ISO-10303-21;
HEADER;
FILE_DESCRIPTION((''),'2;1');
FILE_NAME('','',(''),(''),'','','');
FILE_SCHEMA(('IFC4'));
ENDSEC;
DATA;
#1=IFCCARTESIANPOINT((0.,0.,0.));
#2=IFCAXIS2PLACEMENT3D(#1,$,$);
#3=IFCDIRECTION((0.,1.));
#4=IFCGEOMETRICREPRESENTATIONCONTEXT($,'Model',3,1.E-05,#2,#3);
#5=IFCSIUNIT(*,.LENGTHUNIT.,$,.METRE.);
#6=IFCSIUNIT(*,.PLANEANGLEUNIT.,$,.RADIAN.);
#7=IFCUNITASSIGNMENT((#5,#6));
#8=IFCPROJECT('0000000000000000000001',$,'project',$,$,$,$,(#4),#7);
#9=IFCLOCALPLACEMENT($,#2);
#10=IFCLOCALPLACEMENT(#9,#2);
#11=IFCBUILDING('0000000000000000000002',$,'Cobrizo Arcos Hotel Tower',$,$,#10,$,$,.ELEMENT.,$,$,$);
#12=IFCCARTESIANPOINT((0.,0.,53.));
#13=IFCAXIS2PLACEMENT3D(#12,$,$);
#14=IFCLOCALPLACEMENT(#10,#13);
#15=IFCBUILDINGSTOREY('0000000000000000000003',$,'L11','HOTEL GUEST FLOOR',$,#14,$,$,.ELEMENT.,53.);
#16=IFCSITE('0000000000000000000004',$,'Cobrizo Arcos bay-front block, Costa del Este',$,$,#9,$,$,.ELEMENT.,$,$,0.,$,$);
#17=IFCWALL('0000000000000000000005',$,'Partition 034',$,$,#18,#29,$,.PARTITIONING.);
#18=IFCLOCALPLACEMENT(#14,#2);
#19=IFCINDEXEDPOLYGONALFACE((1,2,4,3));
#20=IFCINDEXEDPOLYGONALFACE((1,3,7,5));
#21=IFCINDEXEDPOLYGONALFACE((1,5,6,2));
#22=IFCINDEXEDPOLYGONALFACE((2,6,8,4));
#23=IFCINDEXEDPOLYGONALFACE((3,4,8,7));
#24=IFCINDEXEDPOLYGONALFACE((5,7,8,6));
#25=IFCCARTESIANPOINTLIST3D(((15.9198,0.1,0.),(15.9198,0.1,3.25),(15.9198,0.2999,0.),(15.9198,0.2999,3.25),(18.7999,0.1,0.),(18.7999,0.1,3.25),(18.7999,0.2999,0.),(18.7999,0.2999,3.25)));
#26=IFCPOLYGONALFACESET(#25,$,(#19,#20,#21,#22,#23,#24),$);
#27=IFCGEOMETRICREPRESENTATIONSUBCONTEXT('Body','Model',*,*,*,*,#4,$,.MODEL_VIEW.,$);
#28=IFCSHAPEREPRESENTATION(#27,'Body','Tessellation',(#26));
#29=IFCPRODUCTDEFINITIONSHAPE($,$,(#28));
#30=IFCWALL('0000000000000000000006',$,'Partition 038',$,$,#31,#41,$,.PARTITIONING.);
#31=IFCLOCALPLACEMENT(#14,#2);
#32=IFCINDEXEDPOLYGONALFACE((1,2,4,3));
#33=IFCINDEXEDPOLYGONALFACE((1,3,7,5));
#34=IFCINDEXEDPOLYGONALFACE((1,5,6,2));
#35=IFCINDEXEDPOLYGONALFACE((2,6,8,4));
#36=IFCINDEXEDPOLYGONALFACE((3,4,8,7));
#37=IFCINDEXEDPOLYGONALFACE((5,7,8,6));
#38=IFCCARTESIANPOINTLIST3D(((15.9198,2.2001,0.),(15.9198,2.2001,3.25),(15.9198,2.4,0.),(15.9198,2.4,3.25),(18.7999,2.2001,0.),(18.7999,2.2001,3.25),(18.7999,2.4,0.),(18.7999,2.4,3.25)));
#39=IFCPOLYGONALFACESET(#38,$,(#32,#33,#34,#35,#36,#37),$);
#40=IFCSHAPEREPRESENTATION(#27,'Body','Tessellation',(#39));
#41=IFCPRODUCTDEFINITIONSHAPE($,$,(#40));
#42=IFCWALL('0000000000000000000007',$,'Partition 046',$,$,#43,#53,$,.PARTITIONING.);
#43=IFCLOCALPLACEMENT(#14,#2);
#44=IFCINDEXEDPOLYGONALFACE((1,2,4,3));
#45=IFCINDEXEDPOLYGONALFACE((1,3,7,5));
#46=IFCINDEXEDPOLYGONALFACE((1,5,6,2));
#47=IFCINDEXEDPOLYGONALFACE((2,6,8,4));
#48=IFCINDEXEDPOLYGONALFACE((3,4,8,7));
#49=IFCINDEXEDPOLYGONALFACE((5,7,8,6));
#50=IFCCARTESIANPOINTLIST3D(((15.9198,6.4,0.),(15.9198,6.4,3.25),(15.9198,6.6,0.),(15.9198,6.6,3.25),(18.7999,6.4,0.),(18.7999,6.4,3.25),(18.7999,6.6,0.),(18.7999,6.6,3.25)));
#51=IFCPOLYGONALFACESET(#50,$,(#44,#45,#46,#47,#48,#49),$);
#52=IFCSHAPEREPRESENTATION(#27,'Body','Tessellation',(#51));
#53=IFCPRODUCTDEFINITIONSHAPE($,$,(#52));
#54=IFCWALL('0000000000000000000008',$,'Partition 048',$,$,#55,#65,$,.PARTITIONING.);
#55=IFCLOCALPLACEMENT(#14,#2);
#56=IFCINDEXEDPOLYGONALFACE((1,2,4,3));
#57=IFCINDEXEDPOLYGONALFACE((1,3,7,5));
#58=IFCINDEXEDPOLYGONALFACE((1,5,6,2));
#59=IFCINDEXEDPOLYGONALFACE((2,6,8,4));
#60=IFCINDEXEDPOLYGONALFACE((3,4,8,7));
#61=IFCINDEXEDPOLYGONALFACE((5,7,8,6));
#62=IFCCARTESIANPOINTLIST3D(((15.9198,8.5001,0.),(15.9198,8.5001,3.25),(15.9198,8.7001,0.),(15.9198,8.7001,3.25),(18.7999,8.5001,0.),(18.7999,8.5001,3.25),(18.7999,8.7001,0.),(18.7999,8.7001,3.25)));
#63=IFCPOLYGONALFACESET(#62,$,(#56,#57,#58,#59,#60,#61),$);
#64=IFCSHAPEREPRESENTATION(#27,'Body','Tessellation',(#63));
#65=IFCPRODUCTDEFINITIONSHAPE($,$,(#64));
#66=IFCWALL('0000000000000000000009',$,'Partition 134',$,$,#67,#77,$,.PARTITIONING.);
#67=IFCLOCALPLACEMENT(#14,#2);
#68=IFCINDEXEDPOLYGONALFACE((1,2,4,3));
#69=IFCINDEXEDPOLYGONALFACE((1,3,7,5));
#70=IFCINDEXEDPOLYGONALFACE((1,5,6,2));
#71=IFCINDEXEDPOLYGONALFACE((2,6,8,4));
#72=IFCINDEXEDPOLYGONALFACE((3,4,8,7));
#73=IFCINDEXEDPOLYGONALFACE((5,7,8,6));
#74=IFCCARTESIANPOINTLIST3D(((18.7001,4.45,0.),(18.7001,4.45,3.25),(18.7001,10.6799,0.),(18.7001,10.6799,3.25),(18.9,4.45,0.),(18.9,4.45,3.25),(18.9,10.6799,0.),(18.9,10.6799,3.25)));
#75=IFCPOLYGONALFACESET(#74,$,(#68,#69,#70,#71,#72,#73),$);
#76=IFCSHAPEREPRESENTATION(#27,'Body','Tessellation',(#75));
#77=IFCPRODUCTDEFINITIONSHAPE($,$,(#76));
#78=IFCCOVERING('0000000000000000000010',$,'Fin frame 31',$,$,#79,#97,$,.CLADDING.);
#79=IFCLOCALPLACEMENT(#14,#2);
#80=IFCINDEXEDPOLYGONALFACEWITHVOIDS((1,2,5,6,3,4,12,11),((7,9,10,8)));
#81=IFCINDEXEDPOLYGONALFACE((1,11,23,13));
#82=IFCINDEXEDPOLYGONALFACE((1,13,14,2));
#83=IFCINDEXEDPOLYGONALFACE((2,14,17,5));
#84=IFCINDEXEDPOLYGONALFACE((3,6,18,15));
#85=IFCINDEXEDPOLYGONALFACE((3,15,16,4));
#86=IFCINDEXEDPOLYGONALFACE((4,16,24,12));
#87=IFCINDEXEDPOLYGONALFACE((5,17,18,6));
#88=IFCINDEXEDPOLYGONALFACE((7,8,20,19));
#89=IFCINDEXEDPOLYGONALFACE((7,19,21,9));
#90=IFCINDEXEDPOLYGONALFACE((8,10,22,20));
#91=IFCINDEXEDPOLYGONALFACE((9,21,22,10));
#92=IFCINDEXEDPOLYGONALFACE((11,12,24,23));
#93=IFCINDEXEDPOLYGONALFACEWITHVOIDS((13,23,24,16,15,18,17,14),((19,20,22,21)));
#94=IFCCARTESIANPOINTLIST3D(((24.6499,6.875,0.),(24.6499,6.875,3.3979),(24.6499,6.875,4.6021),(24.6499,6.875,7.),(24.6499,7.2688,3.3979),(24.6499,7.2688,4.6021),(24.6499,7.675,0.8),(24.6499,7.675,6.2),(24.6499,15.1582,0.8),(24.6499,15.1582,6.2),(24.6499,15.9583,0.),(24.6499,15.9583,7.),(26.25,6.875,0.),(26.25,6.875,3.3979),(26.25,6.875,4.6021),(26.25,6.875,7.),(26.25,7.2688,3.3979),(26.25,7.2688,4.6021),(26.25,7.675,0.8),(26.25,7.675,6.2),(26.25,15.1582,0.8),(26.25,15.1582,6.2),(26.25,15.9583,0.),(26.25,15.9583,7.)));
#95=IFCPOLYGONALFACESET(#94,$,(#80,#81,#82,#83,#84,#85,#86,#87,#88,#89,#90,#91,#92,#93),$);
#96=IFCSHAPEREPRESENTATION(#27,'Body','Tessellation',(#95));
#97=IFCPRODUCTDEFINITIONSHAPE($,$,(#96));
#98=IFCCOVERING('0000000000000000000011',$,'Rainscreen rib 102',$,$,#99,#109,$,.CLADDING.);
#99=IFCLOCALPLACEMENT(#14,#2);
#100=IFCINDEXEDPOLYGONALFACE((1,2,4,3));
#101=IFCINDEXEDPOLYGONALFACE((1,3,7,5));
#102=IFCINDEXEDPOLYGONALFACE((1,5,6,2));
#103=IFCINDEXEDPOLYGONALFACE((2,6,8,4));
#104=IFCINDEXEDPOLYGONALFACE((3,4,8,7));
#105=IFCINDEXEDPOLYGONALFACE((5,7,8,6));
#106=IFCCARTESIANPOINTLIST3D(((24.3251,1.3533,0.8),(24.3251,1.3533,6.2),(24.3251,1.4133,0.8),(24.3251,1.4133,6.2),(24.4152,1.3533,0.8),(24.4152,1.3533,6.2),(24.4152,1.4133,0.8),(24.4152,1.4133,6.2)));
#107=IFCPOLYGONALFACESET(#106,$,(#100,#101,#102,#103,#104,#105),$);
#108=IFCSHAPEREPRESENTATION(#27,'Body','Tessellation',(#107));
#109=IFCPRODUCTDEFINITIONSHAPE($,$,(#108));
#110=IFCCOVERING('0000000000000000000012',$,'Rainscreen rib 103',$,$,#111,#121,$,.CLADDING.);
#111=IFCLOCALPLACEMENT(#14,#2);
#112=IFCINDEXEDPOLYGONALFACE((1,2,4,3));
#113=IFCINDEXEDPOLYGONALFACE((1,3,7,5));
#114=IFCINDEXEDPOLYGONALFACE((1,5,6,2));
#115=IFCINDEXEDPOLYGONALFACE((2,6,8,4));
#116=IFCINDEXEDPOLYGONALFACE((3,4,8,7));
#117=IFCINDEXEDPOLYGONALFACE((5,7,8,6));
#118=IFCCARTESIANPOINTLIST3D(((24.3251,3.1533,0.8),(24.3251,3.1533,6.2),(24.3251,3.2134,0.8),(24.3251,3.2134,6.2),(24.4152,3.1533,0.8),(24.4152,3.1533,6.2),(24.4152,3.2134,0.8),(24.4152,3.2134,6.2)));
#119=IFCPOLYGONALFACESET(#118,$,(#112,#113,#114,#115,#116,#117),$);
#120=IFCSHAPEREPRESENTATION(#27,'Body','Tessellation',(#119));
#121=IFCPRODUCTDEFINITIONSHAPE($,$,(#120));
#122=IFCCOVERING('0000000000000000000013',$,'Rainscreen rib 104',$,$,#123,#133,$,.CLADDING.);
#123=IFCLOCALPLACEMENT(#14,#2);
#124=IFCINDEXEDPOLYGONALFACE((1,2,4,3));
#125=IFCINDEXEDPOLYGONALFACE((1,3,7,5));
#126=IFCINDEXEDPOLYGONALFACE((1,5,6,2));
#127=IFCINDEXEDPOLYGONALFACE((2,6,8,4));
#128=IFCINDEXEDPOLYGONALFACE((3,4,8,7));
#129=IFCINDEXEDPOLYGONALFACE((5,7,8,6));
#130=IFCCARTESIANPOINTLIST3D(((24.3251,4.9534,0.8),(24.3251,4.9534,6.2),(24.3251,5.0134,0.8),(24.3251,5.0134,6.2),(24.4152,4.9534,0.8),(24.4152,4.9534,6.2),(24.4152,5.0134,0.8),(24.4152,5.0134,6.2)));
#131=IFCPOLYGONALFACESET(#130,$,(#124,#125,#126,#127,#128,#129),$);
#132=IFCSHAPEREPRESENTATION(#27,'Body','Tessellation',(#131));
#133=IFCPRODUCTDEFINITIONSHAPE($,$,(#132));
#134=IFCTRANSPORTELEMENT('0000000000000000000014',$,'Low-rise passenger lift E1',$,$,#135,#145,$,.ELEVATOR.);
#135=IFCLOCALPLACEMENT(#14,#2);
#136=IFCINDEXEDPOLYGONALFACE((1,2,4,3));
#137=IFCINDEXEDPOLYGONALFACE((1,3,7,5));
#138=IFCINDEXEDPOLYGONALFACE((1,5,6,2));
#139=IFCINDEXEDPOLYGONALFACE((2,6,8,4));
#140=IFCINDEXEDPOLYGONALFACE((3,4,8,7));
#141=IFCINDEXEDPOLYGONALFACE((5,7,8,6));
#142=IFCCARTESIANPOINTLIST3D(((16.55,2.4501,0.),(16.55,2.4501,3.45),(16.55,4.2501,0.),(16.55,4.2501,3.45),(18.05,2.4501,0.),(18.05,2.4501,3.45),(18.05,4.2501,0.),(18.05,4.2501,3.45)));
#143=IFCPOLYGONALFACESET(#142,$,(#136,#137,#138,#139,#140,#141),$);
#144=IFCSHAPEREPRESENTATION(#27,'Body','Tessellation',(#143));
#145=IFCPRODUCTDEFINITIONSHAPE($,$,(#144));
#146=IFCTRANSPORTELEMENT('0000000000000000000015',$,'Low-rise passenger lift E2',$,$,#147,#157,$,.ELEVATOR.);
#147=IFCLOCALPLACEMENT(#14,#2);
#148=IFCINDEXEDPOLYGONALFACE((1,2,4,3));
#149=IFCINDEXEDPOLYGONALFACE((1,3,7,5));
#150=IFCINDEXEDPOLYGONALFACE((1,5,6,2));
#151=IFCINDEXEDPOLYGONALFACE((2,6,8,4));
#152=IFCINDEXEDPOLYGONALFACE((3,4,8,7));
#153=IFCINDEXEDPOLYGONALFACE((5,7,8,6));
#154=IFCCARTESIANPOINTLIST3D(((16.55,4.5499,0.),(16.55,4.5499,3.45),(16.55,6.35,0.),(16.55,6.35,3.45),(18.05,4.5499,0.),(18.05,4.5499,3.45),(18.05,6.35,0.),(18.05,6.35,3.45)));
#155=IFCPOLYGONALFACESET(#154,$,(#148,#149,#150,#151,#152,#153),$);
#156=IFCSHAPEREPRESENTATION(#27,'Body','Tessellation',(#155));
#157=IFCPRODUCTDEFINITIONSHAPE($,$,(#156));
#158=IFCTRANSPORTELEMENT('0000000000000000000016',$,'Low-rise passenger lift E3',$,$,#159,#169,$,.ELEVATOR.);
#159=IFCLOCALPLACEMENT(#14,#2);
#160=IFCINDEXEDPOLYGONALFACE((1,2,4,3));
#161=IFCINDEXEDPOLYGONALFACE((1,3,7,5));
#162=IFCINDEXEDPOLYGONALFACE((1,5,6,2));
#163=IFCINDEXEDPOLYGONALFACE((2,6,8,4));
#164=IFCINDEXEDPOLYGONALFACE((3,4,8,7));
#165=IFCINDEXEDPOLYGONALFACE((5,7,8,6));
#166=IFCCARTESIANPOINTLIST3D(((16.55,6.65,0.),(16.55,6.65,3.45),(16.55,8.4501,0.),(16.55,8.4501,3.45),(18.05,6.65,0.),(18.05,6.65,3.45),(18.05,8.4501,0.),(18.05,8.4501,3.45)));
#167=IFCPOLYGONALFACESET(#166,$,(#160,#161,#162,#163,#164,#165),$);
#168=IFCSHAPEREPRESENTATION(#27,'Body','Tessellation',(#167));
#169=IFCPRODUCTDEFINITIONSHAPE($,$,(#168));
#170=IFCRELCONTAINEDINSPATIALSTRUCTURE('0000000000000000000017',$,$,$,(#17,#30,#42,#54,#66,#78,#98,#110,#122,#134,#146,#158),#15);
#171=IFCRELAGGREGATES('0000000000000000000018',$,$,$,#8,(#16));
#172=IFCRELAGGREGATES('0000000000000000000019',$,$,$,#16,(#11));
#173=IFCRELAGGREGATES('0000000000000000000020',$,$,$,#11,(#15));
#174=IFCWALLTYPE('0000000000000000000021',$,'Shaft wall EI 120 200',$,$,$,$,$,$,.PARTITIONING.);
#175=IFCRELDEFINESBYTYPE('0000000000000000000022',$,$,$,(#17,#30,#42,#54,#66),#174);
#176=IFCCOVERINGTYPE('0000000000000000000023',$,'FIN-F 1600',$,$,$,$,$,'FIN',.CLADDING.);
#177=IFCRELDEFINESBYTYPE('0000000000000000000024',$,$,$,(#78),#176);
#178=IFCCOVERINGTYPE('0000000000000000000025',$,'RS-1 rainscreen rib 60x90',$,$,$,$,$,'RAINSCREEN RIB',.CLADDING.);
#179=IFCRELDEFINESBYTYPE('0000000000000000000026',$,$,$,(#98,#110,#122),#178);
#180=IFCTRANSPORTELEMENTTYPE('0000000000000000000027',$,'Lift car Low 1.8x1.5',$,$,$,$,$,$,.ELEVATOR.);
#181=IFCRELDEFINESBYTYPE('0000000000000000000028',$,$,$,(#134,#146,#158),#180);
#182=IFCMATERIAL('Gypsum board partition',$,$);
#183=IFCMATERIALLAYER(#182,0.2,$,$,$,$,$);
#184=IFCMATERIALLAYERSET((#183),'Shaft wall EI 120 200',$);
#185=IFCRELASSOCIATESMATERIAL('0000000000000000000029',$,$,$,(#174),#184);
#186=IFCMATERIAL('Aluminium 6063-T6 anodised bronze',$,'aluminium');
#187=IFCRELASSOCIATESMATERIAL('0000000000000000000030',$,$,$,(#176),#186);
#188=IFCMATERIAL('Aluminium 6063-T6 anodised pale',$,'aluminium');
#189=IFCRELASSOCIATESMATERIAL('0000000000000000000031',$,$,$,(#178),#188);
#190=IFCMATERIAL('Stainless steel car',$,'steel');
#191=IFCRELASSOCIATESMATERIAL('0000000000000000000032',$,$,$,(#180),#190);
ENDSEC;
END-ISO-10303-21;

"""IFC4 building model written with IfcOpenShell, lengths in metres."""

from ifc_helpers import new_model, si_unit, direction, frame, frame_2d, origin, origin_2d, place, context, subcontext, project, spatial, polyline, rectangle, outline, extrude, material, layer, layer_set, type_object, element, save


model = new_model("IFC4")

# Units and contexts
model_context = context("Model", 3, precision=1e-05, world=origin(), true_north=direction((0.0, 1.0)))
body_context = subcontext(model_context, "Body", "Model", "MODEL_VIEW")
ifc_project = project(units=[si_unit("LENGTHUNIT", "METRE"), si_unit("PLANEANGLEUNIT", "RADIAN")], contexts=[model_context])

# Site, building, storey
site_placement = place(None, origin())
site = spatial("IfcSite", under=ifc_project, at=site_placement, Name="Cobrizo Arcos bay-front block, Costa del Este", CompositionType="ELEMENT", RefElevation=0.0)
building_placement = place(site_placement, origin())
building = spatial("IfcBuilding", under=site, at=building_placement, Name="Cobrizo Arcos Hotel Tower", CompositionType="ELEMENT")
storey_placement = place(building_placement, frame((0.0, 0.0, 53.0)))
storey = spatial("IfcBuildingStorey", under=building, at=storey_placement, Name="L11", Description="HOTEL GUEST FLOOR", CompositionType="ELEMENT", Elevation=53.0)

# Shared definitions
ifc_material_1 = material(Name="Aluminium 6063-T6 anodised bronze", Category="aluminium")

# Shared definitions
ifc_material_2 = material(Name="Gypsum board partition")

# Walls
ifc_layer_1 = layer(ifc_material_2, 0.2)
ifc_layer_set_1 = layer_set([ifc_layer_1], Name="Shaft wall EI 120 200")
wall_type_1 = type_object("IfcWallType", Name="Shaft wall EI 120 200", PredefinedType="PARTITIONING", material=ifc_layer_set_1)
for number, where, z_axis, x_axis, name in (
    (1, (15.9199, 0.2, 0.0), (0.0, 0.0, 1.0), (1.0, 0.0, 0.0), "Partition 034"),
    (2, (15.9199, 2.3, 0.0), (0.0, 0.0, 1.0), (1.0, 0.0, 0.0), "Partition 038"),
    (3, (15.9199, 6.5, 0.0), (0.0, 0.0, 1.0), (1.0, 0.0, 0.0), "Partition 046"),
    (4, (15.9199, 8.6001, 0.0), (0.0, 0.0, 1.0), (1.0, 0.0, 0.0), "Partition 048"),
):
    element("IfcWall", number, at=place(storey_placement, frame(where, z_axis=z_axis, x_axis=x_axis)), inside=storey, type_object=wall_type_1, Name=name, PredefinedType="PARTITIONING", context=body_context, shape_type="SweptSolid", body=[
        extrude(rectangle(XDim=2.8801, YDim=0.2, at=frame_2d((1.4399, 0.0))), origin(), (0.0, 0.0, 1.0), 3.25),
    ])
wall_1_placement = place(storey_placement, frame((18.8, 4.45, 0.0), z_axis=(0.0, 0.0, 1.0), x_axis=(0.0, 1.0, 0.0)))
element("IfcWall", 5, at=wall_1_placement, inside=storey, type_object=wall_type_1, Name="Partition 134", PredefinedType="PARTITIONING", context=body_context, shape_type="SweptSolid", body=[
    extrude(rectangle(XDim=6.23, YDim=0.2, at=frame_2d((3.115, 0.0))), origin(), (0.0, 0.0, 1.0), 3.25),
])

# Coverings
covering_type_1 = type_object("IfcCoveringType", Name="FIN-F 1600", ElementType="FIN", PredefinedType="CLADDING", material=ifc_material_1)
covering_placement = place(storey_placement, frame((24.6499, 6.875, 0.0), z_axis=(1.0, 0.0, 0.0), x_axis=(0.0, 1.0, 0.0)))
element("IfcCovering", 6, at=covering_placement, inside=storey, type_object=covering_type_1, Name="Fin frame 31", PredefinedType="CLADDING", context=body_context, shape_type="SweptSolid", body=[
    extrude(outline(polyline([(0.0, 7.0), (0.0, 4.6021), (0.3938, 4.6021), (0.3938, 3.3979), (0.0, 3.3979), (0.0, 0.0), (9.0833, 0.0), (9.0833, 7.0), (0.0, 7.0)]), holes=[polyline([(8.2832, 0.8), (0.8, 0.8), (0.8, 6.2), (8.2832, 6.2), (8.2832, 0.8)])]), origin(), (0.0, 0.0, 1.0), 1.6001),
])
ifc_material_3 = material(Name="Aluminium 6063-T6 anodised pale", Category="aluminium")
covering_type_2 = type_object("IfcCoveringType", Name="RS-1 rainscreen rib 60x90", ElementType="RAINSCREEN RIB", PredefinedType="CLADDING", material=ifc_material_3)
for number, where, z_axis, x_axis, name in (
    (7, (24.3701, 1.3833, 0.8), (0.0, 0.0, 1.0), (0.0, 1.0, 0.0), "Rainscreen rib 102"),
    (8, (24.3701, 3.1833, 0.8), (0.0, 0.0, 1.0), (0.0, 1.0, 0.0), "Rainscreen rib 103"),
    (9, (24.3701, 4.9834, 0.8), (0.0, 0.0, 1.0), (0.0, 1.0, 0.0), "Rainscreen rib 104"),
):
    element("IfcCovering", number, at=place(storey_placement, frame(where, z_axis=z_axis, x_axis=x_axis)), inside=storey, type_object=covering_type_2, Name=name, PredefinedType="CLADDING", context=body_context, shape_type="SweptSolid", body=[
        extrude(rectangle(XDim=0.0601, YDim=0.0901, at=origin_2d()), origin(), (0.0, 0.0, 1.0), 5.3999),
    ])

# Transport elements
ifc_material_4 = material(Name="Stainless steel car", Category="steel")
transport_element_type = type_object("IfcTransportElementType", Name="Lift car Low 1.8x1.5", PredefinedType="ELEVATOR", material=ifc_material_4)
for number, where, z_axis, x_axis, name in (
    (10, (17.3, 3.3501, 0.0), (0.0, 0.0, 1.0), (1.0, 0.0, 0.0), "Low-rise passenger lift E1"),
    (11, (17.3, 5.45, 0.0), (0.0, 0.0, 1.0), (1.0, 0.0, 0.0), "Low-rise passenger lift E2"),
    (12, (17.3, 7.55, 0.0), (0.0, 0.0, 1.0), (1.0, 0.0, 0.0), "Low-rise passenger lift E3"),
):
    element("IfcTransportElement", number, at=place(storey_placement, frame(where, z_axis=z_axis, x_axis=x_axis)), inside=storey, type_object=transport_element_type, Name=name, PredefinedType="ELEVATOR", context=body_context, shape_type="SweptSolid", body=[
        extrude(rectangle(XDim=1.5, YDim=1.8, at=origin_2d()), origin(), (0.0, 0.0, 1.0), 3.45),
    ])

save(model, "model.ifc")
